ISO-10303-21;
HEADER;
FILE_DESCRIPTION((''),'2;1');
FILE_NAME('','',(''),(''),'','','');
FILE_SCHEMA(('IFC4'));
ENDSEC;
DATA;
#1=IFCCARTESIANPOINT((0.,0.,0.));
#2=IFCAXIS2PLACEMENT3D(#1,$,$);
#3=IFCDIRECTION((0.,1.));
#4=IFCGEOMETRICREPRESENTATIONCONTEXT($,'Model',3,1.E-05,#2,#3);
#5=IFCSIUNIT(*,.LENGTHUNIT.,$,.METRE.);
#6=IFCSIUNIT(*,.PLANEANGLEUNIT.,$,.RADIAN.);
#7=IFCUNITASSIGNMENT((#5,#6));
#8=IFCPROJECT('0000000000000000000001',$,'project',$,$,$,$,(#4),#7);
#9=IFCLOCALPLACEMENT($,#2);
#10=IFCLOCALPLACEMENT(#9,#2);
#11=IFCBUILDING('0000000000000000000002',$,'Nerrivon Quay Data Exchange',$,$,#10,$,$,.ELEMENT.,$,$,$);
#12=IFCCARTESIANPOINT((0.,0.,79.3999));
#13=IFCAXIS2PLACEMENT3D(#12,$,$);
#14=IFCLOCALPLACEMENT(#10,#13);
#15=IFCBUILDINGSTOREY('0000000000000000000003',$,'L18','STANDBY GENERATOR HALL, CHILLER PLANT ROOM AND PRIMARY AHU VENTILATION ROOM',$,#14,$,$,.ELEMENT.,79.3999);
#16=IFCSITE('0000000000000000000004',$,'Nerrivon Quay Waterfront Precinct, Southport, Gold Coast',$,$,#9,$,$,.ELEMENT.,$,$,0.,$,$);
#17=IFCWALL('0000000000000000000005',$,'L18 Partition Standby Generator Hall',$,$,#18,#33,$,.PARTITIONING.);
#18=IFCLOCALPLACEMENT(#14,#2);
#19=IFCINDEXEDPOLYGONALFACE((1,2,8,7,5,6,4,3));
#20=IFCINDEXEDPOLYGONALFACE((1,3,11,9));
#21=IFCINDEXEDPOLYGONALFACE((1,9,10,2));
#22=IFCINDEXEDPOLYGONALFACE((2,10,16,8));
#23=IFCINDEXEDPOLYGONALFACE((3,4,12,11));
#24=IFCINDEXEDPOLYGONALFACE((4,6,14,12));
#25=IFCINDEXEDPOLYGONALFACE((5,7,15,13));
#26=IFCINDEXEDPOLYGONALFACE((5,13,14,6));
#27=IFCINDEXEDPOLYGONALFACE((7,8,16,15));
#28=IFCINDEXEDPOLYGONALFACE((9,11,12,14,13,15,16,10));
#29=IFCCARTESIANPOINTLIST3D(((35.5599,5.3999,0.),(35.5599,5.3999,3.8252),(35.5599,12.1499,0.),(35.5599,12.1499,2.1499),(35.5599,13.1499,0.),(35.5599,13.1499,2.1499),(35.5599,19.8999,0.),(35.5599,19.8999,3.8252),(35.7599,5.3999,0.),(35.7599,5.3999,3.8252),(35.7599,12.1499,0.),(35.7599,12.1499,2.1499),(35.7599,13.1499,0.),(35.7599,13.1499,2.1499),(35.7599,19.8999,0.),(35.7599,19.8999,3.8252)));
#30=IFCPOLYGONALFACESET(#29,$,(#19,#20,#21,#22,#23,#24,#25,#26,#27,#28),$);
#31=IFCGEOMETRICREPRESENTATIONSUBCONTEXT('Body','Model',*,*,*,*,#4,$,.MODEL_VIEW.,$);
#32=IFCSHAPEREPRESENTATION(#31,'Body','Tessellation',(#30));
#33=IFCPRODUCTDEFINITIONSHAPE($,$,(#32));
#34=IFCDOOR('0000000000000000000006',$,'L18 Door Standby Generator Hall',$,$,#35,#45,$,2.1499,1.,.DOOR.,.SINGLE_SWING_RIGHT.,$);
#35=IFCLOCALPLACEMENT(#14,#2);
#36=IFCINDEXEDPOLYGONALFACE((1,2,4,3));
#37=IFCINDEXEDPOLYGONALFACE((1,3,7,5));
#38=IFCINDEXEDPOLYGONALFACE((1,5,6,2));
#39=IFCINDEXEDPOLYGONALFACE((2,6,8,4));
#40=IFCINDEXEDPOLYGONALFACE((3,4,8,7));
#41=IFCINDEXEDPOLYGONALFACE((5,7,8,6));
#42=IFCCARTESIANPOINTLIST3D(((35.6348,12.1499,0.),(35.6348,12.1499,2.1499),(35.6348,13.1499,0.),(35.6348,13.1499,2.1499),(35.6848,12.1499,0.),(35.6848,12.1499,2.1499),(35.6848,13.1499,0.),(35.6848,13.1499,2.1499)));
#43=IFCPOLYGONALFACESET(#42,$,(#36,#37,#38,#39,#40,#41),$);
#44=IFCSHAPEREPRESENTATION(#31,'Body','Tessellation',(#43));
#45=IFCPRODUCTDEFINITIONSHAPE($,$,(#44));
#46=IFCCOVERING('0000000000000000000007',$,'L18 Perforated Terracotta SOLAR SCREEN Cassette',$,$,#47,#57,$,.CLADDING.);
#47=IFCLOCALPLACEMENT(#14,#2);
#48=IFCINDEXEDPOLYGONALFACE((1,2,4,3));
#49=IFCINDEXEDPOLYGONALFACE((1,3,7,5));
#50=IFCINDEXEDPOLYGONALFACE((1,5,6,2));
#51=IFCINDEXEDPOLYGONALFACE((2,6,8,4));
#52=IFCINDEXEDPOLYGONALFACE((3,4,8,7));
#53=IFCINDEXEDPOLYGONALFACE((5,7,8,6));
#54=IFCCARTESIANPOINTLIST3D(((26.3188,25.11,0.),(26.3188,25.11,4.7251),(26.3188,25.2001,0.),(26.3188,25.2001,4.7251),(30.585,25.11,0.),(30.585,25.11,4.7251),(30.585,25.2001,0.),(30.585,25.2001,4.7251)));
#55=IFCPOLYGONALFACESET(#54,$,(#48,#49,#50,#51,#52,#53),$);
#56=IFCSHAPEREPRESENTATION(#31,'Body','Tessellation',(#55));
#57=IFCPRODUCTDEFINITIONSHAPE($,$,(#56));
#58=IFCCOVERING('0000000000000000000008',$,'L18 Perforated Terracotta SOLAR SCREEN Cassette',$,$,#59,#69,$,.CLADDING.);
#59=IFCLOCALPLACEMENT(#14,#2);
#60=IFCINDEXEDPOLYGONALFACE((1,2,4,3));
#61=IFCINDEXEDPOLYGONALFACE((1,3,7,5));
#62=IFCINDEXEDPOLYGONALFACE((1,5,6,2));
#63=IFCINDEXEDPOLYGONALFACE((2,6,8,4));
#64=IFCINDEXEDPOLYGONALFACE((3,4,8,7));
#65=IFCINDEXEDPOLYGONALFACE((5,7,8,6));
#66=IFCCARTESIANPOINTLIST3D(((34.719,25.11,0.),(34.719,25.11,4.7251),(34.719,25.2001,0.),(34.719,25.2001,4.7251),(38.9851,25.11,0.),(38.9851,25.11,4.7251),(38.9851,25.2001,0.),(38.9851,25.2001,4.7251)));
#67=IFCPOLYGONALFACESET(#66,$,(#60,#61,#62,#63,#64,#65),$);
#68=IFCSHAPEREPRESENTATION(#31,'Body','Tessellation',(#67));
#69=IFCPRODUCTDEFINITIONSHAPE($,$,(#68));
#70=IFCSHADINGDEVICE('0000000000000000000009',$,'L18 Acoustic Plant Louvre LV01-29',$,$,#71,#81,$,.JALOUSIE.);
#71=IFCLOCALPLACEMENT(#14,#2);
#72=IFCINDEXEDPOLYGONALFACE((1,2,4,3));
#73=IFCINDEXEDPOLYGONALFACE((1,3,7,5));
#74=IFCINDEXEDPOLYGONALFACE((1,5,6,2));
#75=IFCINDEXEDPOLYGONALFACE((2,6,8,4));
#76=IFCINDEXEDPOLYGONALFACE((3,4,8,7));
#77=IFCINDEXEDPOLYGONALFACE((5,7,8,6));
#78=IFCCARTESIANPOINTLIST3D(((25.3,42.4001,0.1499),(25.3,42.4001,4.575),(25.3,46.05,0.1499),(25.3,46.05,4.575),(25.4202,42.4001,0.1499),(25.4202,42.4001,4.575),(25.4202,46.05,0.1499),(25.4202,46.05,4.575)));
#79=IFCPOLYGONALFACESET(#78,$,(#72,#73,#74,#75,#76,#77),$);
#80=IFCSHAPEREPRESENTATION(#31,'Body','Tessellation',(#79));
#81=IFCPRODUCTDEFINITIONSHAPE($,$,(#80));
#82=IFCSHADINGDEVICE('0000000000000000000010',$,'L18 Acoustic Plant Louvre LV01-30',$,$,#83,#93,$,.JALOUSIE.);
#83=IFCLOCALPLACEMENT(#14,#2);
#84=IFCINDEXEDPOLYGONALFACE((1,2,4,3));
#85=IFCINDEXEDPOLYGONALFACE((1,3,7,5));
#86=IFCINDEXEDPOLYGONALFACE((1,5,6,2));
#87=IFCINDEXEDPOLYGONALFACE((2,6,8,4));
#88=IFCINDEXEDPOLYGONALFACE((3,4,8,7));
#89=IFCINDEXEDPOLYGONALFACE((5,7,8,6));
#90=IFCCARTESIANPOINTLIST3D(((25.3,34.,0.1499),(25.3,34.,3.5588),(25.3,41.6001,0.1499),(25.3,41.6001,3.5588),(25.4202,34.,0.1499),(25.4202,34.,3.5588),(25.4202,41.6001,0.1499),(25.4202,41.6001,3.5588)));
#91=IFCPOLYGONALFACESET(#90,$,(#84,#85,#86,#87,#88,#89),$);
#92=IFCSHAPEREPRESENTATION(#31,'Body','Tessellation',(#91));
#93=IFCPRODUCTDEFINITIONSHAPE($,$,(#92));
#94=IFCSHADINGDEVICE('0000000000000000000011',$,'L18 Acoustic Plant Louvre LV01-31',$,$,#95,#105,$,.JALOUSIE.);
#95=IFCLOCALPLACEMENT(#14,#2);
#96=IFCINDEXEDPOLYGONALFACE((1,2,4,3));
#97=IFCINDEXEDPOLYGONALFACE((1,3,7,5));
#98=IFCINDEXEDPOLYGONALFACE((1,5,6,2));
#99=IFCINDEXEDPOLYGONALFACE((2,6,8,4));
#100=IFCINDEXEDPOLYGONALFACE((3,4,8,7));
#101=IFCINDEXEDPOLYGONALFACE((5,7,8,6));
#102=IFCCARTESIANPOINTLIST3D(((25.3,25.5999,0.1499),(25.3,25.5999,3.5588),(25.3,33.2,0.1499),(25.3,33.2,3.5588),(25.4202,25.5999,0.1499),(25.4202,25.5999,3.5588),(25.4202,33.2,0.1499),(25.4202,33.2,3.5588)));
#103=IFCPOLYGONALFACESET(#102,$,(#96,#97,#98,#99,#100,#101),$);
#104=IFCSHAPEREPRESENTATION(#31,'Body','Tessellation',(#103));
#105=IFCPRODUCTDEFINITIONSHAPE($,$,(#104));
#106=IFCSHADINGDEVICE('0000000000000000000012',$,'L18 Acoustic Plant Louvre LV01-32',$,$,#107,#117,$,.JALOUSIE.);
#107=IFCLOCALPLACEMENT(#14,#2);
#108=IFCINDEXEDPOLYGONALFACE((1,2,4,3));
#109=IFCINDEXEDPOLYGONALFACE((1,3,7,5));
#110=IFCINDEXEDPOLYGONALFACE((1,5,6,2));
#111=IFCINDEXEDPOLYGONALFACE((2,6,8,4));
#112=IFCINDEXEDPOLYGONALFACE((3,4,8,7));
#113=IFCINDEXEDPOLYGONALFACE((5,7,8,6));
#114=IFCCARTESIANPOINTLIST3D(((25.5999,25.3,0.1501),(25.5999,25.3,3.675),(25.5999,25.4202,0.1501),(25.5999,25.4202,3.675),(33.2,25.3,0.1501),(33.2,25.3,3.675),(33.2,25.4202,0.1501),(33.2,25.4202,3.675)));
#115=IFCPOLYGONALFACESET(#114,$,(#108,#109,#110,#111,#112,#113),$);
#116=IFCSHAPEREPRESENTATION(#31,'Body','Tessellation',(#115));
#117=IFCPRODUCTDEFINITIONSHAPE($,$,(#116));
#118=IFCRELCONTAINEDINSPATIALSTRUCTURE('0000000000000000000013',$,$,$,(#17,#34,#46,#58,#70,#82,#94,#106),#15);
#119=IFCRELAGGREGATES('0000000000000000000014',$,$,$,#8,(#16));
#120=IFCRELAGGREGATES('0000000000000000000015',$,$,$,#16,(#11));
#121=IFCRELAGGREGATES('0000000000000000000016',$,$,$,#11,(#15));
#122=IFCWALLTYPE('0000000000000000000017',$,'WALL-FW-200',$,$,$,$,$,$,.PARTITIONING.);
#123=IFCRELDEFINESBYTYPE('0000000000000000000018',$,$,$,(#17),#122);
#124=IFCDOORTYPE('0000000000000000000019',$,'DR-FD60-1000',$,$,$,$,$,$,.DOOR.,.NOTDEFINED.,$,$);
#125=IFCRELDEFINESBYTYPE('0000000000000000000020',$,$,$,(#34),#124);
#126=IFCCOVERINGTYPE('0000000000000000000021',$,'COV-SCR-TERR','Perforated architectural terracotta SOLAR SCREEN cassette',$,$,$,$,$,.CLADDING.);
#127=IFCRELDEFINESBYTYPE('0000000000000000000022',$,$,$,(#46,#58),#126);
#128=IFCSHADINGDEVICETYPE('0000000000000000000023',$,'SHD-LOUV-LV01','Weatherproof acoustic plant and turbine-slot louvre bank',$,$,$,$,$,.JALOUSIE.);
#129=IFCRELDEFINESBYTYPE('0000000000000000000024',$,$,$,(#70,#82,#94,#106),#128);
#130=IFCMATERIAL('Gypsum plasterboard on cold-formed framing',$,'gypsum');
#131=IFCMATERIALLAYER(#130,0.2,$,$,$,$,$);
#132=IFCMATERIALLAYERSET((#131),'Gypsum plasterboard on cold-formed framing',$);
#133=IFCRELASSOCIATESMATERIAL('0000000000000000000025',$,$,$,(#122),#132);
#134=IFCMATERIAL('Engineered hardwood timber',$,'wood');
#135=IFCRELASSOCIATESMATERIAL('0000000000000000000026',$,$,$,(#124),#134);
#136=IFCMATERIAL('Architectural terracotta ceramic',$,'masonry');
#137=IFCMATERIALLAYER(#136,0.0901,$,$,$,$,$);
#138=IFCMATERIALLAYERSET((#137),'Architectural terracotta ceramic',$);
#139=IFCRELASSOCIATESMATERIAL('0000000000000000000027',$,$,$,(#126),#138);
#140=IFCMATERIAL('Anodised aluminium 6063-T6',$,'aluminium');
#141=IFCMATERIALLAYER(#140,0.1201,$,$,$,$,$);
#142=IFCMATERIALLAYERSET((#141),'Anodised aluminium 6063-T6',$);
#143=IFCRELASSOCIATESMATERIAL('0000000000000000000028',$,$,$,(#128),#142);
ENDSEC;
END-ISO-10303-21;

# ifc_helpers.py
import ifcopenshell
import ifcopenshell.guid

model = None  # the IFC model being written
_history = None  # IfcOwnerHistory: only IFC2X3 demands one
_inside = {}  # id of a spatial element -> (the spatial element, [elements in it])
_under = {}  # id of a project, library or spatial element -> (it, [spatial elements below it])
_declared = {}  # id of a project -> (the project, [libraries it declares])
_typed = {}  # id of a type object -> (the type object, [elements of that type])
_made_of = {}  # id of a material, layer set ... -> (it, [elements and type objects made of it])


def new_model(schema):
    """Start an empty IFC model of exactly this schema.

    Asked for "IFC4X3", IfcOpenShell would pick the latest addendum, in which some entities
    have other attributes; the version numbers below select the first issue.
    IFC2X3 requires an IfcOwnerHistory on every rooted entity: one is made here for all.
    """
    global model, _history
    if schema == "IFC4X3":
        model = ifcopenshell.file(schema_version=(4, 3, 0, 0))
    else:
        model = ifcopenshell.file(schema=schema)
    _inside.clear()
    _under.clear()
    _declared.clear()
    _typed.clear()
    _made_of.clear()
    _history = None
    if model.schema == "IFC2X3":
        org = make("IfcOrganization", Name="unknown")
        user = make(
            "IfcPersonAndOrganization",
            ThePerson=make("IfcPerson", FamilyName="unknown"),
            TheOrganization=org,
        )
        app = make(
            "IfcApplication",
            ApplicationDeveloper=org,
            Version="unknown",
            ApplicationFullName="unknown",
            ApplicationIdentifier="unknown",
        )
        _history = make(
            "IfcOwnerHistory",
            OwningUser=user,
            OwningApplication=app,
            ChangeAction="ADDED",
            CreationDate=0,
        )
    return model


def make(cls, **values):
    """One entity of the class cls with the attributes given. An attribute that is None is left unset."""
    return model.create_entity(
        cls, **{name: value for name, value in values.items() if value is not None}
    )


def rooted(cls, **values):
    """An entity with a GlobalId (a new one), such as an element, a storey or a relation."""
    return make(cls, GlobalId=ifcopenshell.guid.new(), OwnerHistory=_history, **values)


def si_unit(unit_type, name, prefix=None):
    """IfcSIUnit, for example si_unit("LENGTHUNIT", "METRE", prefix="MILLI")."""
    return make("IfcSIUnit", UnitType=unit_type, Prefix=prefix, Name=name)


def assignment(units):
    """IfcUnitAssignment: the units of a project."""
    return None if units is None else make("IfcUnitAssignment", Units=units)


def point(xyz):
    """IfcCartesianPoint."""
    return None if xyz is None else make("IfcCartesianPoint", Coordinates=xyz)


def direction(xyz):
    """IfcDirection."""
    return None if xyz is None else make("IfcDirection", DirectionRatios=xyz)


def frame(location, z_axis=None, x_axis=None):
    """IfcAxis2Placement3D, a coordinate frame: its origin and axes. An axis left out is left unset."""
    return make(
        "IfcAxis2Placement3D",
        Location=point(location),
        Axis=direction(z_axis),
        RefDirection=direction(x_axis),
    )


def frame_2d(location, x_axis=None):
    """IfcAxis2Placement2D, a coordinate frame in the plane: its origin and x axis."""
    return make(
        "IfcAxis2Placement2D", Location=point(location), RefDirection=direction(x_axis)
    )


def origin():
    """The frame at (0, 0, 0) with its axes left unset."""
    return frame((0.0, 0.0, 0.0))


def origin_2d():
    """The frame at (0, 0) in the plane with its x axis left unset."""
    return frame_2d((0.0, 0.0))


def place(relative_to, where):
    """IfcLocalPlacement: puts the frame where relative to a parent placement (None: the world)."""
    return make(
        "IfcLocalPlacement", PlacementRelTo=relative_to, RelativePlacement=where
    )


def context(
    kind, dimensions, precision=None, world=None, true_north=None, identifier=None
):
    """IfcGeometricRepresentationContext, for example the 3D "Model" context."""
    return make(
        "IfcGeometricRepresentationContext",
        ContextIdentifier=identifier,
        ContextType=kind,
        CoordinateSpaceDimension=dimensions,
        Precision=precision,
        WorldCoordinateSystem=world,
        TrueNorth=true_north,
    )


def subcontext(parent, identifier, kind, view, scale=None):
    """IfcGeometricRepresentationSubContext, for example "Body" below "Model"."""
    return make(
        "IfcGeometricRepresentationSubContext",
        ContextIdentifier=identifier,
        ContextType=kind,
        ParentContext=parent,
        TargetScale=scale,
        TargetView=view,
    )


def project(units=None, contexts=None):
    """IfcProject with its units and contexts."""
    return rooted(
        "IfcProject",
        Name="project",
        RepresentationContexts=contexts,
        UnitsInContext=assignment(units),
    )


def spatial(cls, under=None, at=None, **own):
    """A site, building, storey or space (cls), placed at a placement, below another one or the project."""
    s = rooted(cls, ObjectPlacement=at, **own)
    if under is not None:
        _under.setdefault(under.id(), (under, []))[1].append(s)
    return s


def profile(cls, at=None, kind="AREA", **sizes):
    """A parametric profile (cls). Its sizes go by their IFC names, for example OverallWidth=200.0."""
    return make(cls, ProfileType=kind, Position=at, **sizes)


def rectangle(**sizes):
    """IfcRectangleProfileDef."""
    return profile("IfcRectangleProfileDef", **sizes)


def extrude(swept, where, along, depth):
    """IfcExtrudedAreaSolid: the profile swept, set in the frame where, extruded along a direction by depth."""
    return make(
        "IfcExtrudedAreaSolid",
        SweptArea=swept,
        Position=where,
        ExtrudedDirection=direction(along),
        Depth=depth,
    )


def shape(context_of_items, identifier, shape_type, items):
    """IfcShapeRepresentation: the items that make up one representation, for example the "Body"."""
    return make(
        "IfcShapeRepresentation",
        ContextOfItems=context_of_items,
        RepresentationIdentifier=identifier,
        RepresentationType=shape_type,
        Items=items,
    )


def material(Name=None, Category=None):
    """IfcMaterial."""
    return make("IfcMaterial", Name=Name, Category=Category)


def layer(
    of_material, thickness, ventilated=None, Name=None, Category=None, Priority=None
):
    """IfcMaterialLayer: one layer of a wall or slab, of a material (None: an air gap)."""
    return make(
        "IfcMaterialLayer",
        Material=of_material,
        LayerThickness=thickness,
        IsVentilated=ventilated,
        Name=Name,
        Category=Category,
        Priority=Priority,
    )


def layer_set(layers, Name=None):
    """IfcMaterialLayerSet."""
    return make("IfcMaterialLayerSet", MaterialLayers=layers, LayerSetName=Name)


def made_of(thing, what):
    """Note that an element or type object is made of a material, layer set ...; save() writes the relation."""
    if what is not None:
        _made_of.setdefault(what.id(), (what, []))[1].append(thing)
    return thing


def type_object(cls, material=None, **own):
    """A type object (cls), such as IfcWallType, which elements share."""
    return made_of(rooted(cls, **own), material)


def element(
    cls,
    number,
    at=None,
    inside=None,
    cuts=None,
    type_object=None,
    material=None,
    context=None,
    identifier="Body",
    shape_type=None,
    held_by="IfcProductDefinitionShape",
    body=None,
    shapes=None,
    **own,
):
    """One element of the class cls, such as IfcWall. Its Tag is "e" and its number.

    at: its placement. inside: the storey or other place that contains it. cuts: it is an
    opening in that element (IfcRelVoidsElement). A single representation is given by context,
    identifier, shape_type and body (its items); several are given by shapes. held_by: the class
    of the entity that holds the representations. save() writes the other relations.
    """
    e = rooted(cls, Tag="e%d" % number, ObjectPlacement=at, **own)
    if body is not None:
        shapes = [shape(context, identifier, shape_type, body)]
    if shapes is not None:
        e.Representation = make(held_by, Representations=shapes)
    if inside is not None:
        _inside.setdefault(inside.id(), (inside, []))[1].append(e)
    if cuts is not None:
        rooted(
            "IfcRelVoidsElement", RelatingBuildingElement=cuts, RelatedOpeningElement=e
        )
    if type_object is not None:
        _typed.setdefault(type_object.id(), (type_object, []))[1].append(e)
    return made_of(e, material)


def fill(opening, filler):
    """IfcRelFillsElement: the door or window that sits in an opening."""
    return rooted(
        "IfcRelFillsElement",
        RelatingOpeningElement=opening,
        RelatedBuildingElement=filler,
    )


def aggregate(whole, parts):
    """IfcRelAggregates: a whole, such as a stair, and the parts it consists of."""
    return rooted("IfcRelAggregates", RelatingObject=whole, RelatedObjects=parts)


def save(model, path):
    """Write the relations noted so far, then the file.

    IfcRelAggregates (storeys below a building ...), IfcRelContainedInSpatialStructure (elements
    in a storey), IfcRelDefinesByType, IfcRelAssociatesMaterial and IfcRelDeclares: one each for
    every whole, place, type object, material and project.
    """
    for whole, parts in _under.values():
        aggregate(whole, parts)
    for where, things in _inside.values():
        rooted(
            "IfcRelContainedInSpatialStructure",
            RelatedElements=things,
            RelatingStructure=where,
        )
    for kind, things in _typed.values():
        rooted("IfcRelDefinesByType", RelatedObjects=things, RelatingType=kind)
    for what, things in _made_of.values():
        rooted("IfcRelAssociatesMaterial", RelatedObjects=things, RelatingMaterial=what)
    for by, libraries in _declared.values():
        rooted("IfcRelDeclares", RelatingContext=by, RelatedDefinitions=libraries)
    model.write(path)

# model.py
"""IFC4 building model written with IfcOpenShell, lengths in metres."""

from ifc_helpers import new_model, si_unit, direction, frame, frame_2d, origin, origin_2d, place, context, subcontext, project, spatial, rectangle, extrude, material, layer, layer_set, type_object, element, fill, save


model = new_model("IFC4")

# Units and contexts
model_context = context("Model", 3, precision=1e-05, world=origin(), true_north=direction((0.0, 1.0)))
body_context = subcontext(model_context, "Body", "Model", "MODEL_VIEW")
ifc_project = project(units=[si_unit("LENGTHUNIT", "METRE"), si_unit("PLANEANGLEUNIT", "RADIAN")], contexts=[model_context])

# Site, building, storey
site_placement = place(None, origin())
site = spatial("IfcSite", under=ifc_project, at=site_placement, Name="Nerrivon Quay Waterfront Precinct, Southport, Gold Coast", CompositionType="ELEMENT", RefElevation=0.0)
building_placement = place(site_placement, origin())
building = spatial("IfcBuilding", under=site, at=building_placement, Name="Nerrivon Quay Data Exchange", CompositionType="ELEMENT")
storey_placement = place(building_placement, frame((0.0, 0.0, 79.3999)))
storey = spatial("IfcBuildingStorey", under=building, at=storey_placement, Name="L18", Description="STANDBY GENERATOR HALL, CHILLER PLANT ROOM AND PRIMARY AHU VENTILATION ROOM", CompositionType="ELEMENT", Elevation=79.3999)

# Shared definitions
ifc_material_1 = material(Name="Gypsum plasterboard on cold-formed framing", Category="gypsum")
ifc_layer_1 = layer(ifc_material_1, 0.2)
ifc_layer_set_1 = layer_set([ifc_layer_1], Name="Gypsum plasterboard on cold-formed framing")
wall_type_1 = type_object("IfcWallType", Name="WALL-FW-200", PredefinedType="PARTITIONING", material=ifc_layer_set_1)

# Wall, opening, door
wall_1_placement = place(storey_placement, frame((35.6599, 19.8999, 0.0), z_axis=(0.0, 0.0, 1.0), x_axis=(0.0, -1.0, 0.0)))
wall_1 = element("IfcWall", 1, at=wall_1_placement, inside=storey, type_object=wall_type_1, Name="L18 Partition Standby Generator Hall", PredefinedType="PARTITIONING", context=body_context, shape_type="SweptSolid", body=[
    extrude(rectangle(XDim=14.5, YDim=0.2, at=frame_2d((7.25, 0.0))), origin(), (0.0, 0.0, 1.0), 3.8252),
])
opening_placement = place(wall_1_placement, frame((6.75, 0.0, 0.0)))
opening = element("IfcOpeningElement", 2, at=opening_placement, cuts=wall_1, PredefinedType="OPENING", context=body_context, shape_type="SweptSolid", body=[
    extrude(rectangle(XDim=1.0, YDim=2.1499, at=frame_2d((0.5, 1.075))), frame((0.0, 0.1099, 0.0), z_axis=(0.0, -1.0, 0.0), x_axis=(1.0, 0.0, 0.0)), (0.0, 0.0, 1.0), 0.22),
])
ifc_material_2 = material(Name="Engineered hardwood timber", Category="wood")
door_type = type_object("IfcDoorType", Name="DR-FD60-1000", OperationType="NOTDEFINED", PredefinedType="DOOR", material=ifc_material_2)
door_placement = place(opening_placement, origin())
door = element("IfcDoor", 3, at=door_placement, inside=storey, type_object=door_type, Name="L18 Door Standby Generator Hall", OperationType="SINGLE_SWING_RIGHT", OverallHeight=2.1499, OverallWidth=1.0, PredefinedType="DOOR", context=body_context, shape_type="SweptSolid", body=[
    extrude(rectangle(XDim=1.0, YDim=2.1499, at=frame_2d((0.5, 1.075))), frame((0.0, 0.0249, 0.0), z_axis=(0.0, -1.0, 0.0), x_axis=(1.0, 0.0, 0.0)), (0.0, 0.0, 1.0), 0.05),
])
fill(opening, door)

# Coverings
ifc_material_3 = material(Name="Architectural terracotta ceramic", Category="masonry")
ifc_layer_2 = layer(ifc_material_3, 0.0901)
ifc_layer_set_2 = layer_set([ifc_layer_2], Name="Architectural terracotta ceramic")
covering_type = type_object("IfcCoveringType", Name="COV-SCR-TERR", Description="Perforated architectural terracotta SOLAR SCREEN cassette", PredefinedType="CLADDING", material=ifc_layer_set_2)
for number, where, z_axis, x_axis, name in (
    (4, (28.4519, 25.155, 0.0), (0.0, 0.0, 1.0), (1.0, 0.0, 0.0), "L18 Perforated Terracotta SOLAR SCREEN Cassette"),
    (5, (36.8521, 25.155, 0.0), (0.0, 0.0, 1.0), (1.0, 0.0, 0.0), "L18 Perforated Terracotta SOLAR SCREEN Cassette"),
):
    element("IfcCovering", number, at=place(storey_placement, frame(where, z_axis=z_axis, x_axis=x_axis)), inside=storey, type_object=covering_type, Name=name, PredefinedType="CLADDING", context=body_context, shape_type="SweptSolid", body=[
        extrude(rectangle(XDim=4.2661, YDim=0.0901, at=origin_2d()), origin(), (0.0, 0.0, 1.0), 4.7251),
    ])

# Shading devices
ifc_material_4 = material(Name="Anodised aluminium 6063-T6", Category="aluminium")
ifc_layer_3 = layer(ifc_material_4, 0.1201)
ifc_layer_set_3 = layer_set([ifc_layer_3], Name="Anodised aluminium 6063-T6")
shading_device_type = type_object("IfcShadingDeviceType", Name="SHD-LOUV-LV01", Description="Weatherproof acoustic plant and turbine-slot louvre bank", PredefinedType="JALOUSIE", material=ifc_layer_set_3)
shading_device_1_placement = place(storey_placement, frame((25.3601, 44.2251, 0.1499), z_axis=(0.0, 0.0, 1.0), x_axis=(0.0, -1.0, 0.0)))
element("IfcShadingDevice", 6, at=shading_device_1_placement, inside=storey, type_object=shading_device_type, Name="L18 Acoustic Plant Louvre LV01-29", PredefinedType="JALOUSIE", context=body_context, shape_type="SweptSolid", body=[
    extrude(rectangle(XDim=3.6499, YDim=0.1201, at=origin_2d()), origin(), (0.0, 0.0, 1.0), 4.425),
])
for number, where, z_axis, x_axis, name in (
    (7, (25.3601, 37.8, 0.1499), (0.0, 0.0, 1.0), (0.0, -1.0, 0.0), "L18 Acoustic Plant Louvre LV01-30"),
    (8, (25.3601, 29.3999, 0.1499), (0.0, 0.0, 1.0), (0.0, -1.0, 0.0), "L18 Acoustic Plant Louvre LV01-31"),
):
    element("IfcShadingDevice", number, at=place(storey_placement, frame(where, z_axis=z_axis, x_axis=x_axis)), inside=storey, type_object=shading_device_type, Name=name, PredefinedType="JALOUSIE", context=body_context, shape_type="SweptSolid", body=[
        extrude(rectangle(XDim=7.6001, YDim=0.1201, at=origin_2d()), origin(), (0.0, 0.0, 1.0), 3.4089),
    ])
shading_device_2_placement = place(storey_placement, frame((29.3999, 25.3601, 0.1501), z_axis=(0.0, 0.0, 1.0), x_axis=(1.0, 0.0, 0.0)))
element("IfcShadingDevice", 9, at=shading_device_2_placement, inside=storey, type_object=shading_device_type, Name="L18 Acoustic Plant Louvre LV01-32", PredefinedType="JALOUSIE", context=body_context, shape_type="SweptSolid", body=[
    extrude(rectangle(XDim=7.6001, YDim=0.1201, at=origin_2d()), origin(), (0.0, 0.0, 1.0), 3.5249),
])

save(model, "model.ifc")
